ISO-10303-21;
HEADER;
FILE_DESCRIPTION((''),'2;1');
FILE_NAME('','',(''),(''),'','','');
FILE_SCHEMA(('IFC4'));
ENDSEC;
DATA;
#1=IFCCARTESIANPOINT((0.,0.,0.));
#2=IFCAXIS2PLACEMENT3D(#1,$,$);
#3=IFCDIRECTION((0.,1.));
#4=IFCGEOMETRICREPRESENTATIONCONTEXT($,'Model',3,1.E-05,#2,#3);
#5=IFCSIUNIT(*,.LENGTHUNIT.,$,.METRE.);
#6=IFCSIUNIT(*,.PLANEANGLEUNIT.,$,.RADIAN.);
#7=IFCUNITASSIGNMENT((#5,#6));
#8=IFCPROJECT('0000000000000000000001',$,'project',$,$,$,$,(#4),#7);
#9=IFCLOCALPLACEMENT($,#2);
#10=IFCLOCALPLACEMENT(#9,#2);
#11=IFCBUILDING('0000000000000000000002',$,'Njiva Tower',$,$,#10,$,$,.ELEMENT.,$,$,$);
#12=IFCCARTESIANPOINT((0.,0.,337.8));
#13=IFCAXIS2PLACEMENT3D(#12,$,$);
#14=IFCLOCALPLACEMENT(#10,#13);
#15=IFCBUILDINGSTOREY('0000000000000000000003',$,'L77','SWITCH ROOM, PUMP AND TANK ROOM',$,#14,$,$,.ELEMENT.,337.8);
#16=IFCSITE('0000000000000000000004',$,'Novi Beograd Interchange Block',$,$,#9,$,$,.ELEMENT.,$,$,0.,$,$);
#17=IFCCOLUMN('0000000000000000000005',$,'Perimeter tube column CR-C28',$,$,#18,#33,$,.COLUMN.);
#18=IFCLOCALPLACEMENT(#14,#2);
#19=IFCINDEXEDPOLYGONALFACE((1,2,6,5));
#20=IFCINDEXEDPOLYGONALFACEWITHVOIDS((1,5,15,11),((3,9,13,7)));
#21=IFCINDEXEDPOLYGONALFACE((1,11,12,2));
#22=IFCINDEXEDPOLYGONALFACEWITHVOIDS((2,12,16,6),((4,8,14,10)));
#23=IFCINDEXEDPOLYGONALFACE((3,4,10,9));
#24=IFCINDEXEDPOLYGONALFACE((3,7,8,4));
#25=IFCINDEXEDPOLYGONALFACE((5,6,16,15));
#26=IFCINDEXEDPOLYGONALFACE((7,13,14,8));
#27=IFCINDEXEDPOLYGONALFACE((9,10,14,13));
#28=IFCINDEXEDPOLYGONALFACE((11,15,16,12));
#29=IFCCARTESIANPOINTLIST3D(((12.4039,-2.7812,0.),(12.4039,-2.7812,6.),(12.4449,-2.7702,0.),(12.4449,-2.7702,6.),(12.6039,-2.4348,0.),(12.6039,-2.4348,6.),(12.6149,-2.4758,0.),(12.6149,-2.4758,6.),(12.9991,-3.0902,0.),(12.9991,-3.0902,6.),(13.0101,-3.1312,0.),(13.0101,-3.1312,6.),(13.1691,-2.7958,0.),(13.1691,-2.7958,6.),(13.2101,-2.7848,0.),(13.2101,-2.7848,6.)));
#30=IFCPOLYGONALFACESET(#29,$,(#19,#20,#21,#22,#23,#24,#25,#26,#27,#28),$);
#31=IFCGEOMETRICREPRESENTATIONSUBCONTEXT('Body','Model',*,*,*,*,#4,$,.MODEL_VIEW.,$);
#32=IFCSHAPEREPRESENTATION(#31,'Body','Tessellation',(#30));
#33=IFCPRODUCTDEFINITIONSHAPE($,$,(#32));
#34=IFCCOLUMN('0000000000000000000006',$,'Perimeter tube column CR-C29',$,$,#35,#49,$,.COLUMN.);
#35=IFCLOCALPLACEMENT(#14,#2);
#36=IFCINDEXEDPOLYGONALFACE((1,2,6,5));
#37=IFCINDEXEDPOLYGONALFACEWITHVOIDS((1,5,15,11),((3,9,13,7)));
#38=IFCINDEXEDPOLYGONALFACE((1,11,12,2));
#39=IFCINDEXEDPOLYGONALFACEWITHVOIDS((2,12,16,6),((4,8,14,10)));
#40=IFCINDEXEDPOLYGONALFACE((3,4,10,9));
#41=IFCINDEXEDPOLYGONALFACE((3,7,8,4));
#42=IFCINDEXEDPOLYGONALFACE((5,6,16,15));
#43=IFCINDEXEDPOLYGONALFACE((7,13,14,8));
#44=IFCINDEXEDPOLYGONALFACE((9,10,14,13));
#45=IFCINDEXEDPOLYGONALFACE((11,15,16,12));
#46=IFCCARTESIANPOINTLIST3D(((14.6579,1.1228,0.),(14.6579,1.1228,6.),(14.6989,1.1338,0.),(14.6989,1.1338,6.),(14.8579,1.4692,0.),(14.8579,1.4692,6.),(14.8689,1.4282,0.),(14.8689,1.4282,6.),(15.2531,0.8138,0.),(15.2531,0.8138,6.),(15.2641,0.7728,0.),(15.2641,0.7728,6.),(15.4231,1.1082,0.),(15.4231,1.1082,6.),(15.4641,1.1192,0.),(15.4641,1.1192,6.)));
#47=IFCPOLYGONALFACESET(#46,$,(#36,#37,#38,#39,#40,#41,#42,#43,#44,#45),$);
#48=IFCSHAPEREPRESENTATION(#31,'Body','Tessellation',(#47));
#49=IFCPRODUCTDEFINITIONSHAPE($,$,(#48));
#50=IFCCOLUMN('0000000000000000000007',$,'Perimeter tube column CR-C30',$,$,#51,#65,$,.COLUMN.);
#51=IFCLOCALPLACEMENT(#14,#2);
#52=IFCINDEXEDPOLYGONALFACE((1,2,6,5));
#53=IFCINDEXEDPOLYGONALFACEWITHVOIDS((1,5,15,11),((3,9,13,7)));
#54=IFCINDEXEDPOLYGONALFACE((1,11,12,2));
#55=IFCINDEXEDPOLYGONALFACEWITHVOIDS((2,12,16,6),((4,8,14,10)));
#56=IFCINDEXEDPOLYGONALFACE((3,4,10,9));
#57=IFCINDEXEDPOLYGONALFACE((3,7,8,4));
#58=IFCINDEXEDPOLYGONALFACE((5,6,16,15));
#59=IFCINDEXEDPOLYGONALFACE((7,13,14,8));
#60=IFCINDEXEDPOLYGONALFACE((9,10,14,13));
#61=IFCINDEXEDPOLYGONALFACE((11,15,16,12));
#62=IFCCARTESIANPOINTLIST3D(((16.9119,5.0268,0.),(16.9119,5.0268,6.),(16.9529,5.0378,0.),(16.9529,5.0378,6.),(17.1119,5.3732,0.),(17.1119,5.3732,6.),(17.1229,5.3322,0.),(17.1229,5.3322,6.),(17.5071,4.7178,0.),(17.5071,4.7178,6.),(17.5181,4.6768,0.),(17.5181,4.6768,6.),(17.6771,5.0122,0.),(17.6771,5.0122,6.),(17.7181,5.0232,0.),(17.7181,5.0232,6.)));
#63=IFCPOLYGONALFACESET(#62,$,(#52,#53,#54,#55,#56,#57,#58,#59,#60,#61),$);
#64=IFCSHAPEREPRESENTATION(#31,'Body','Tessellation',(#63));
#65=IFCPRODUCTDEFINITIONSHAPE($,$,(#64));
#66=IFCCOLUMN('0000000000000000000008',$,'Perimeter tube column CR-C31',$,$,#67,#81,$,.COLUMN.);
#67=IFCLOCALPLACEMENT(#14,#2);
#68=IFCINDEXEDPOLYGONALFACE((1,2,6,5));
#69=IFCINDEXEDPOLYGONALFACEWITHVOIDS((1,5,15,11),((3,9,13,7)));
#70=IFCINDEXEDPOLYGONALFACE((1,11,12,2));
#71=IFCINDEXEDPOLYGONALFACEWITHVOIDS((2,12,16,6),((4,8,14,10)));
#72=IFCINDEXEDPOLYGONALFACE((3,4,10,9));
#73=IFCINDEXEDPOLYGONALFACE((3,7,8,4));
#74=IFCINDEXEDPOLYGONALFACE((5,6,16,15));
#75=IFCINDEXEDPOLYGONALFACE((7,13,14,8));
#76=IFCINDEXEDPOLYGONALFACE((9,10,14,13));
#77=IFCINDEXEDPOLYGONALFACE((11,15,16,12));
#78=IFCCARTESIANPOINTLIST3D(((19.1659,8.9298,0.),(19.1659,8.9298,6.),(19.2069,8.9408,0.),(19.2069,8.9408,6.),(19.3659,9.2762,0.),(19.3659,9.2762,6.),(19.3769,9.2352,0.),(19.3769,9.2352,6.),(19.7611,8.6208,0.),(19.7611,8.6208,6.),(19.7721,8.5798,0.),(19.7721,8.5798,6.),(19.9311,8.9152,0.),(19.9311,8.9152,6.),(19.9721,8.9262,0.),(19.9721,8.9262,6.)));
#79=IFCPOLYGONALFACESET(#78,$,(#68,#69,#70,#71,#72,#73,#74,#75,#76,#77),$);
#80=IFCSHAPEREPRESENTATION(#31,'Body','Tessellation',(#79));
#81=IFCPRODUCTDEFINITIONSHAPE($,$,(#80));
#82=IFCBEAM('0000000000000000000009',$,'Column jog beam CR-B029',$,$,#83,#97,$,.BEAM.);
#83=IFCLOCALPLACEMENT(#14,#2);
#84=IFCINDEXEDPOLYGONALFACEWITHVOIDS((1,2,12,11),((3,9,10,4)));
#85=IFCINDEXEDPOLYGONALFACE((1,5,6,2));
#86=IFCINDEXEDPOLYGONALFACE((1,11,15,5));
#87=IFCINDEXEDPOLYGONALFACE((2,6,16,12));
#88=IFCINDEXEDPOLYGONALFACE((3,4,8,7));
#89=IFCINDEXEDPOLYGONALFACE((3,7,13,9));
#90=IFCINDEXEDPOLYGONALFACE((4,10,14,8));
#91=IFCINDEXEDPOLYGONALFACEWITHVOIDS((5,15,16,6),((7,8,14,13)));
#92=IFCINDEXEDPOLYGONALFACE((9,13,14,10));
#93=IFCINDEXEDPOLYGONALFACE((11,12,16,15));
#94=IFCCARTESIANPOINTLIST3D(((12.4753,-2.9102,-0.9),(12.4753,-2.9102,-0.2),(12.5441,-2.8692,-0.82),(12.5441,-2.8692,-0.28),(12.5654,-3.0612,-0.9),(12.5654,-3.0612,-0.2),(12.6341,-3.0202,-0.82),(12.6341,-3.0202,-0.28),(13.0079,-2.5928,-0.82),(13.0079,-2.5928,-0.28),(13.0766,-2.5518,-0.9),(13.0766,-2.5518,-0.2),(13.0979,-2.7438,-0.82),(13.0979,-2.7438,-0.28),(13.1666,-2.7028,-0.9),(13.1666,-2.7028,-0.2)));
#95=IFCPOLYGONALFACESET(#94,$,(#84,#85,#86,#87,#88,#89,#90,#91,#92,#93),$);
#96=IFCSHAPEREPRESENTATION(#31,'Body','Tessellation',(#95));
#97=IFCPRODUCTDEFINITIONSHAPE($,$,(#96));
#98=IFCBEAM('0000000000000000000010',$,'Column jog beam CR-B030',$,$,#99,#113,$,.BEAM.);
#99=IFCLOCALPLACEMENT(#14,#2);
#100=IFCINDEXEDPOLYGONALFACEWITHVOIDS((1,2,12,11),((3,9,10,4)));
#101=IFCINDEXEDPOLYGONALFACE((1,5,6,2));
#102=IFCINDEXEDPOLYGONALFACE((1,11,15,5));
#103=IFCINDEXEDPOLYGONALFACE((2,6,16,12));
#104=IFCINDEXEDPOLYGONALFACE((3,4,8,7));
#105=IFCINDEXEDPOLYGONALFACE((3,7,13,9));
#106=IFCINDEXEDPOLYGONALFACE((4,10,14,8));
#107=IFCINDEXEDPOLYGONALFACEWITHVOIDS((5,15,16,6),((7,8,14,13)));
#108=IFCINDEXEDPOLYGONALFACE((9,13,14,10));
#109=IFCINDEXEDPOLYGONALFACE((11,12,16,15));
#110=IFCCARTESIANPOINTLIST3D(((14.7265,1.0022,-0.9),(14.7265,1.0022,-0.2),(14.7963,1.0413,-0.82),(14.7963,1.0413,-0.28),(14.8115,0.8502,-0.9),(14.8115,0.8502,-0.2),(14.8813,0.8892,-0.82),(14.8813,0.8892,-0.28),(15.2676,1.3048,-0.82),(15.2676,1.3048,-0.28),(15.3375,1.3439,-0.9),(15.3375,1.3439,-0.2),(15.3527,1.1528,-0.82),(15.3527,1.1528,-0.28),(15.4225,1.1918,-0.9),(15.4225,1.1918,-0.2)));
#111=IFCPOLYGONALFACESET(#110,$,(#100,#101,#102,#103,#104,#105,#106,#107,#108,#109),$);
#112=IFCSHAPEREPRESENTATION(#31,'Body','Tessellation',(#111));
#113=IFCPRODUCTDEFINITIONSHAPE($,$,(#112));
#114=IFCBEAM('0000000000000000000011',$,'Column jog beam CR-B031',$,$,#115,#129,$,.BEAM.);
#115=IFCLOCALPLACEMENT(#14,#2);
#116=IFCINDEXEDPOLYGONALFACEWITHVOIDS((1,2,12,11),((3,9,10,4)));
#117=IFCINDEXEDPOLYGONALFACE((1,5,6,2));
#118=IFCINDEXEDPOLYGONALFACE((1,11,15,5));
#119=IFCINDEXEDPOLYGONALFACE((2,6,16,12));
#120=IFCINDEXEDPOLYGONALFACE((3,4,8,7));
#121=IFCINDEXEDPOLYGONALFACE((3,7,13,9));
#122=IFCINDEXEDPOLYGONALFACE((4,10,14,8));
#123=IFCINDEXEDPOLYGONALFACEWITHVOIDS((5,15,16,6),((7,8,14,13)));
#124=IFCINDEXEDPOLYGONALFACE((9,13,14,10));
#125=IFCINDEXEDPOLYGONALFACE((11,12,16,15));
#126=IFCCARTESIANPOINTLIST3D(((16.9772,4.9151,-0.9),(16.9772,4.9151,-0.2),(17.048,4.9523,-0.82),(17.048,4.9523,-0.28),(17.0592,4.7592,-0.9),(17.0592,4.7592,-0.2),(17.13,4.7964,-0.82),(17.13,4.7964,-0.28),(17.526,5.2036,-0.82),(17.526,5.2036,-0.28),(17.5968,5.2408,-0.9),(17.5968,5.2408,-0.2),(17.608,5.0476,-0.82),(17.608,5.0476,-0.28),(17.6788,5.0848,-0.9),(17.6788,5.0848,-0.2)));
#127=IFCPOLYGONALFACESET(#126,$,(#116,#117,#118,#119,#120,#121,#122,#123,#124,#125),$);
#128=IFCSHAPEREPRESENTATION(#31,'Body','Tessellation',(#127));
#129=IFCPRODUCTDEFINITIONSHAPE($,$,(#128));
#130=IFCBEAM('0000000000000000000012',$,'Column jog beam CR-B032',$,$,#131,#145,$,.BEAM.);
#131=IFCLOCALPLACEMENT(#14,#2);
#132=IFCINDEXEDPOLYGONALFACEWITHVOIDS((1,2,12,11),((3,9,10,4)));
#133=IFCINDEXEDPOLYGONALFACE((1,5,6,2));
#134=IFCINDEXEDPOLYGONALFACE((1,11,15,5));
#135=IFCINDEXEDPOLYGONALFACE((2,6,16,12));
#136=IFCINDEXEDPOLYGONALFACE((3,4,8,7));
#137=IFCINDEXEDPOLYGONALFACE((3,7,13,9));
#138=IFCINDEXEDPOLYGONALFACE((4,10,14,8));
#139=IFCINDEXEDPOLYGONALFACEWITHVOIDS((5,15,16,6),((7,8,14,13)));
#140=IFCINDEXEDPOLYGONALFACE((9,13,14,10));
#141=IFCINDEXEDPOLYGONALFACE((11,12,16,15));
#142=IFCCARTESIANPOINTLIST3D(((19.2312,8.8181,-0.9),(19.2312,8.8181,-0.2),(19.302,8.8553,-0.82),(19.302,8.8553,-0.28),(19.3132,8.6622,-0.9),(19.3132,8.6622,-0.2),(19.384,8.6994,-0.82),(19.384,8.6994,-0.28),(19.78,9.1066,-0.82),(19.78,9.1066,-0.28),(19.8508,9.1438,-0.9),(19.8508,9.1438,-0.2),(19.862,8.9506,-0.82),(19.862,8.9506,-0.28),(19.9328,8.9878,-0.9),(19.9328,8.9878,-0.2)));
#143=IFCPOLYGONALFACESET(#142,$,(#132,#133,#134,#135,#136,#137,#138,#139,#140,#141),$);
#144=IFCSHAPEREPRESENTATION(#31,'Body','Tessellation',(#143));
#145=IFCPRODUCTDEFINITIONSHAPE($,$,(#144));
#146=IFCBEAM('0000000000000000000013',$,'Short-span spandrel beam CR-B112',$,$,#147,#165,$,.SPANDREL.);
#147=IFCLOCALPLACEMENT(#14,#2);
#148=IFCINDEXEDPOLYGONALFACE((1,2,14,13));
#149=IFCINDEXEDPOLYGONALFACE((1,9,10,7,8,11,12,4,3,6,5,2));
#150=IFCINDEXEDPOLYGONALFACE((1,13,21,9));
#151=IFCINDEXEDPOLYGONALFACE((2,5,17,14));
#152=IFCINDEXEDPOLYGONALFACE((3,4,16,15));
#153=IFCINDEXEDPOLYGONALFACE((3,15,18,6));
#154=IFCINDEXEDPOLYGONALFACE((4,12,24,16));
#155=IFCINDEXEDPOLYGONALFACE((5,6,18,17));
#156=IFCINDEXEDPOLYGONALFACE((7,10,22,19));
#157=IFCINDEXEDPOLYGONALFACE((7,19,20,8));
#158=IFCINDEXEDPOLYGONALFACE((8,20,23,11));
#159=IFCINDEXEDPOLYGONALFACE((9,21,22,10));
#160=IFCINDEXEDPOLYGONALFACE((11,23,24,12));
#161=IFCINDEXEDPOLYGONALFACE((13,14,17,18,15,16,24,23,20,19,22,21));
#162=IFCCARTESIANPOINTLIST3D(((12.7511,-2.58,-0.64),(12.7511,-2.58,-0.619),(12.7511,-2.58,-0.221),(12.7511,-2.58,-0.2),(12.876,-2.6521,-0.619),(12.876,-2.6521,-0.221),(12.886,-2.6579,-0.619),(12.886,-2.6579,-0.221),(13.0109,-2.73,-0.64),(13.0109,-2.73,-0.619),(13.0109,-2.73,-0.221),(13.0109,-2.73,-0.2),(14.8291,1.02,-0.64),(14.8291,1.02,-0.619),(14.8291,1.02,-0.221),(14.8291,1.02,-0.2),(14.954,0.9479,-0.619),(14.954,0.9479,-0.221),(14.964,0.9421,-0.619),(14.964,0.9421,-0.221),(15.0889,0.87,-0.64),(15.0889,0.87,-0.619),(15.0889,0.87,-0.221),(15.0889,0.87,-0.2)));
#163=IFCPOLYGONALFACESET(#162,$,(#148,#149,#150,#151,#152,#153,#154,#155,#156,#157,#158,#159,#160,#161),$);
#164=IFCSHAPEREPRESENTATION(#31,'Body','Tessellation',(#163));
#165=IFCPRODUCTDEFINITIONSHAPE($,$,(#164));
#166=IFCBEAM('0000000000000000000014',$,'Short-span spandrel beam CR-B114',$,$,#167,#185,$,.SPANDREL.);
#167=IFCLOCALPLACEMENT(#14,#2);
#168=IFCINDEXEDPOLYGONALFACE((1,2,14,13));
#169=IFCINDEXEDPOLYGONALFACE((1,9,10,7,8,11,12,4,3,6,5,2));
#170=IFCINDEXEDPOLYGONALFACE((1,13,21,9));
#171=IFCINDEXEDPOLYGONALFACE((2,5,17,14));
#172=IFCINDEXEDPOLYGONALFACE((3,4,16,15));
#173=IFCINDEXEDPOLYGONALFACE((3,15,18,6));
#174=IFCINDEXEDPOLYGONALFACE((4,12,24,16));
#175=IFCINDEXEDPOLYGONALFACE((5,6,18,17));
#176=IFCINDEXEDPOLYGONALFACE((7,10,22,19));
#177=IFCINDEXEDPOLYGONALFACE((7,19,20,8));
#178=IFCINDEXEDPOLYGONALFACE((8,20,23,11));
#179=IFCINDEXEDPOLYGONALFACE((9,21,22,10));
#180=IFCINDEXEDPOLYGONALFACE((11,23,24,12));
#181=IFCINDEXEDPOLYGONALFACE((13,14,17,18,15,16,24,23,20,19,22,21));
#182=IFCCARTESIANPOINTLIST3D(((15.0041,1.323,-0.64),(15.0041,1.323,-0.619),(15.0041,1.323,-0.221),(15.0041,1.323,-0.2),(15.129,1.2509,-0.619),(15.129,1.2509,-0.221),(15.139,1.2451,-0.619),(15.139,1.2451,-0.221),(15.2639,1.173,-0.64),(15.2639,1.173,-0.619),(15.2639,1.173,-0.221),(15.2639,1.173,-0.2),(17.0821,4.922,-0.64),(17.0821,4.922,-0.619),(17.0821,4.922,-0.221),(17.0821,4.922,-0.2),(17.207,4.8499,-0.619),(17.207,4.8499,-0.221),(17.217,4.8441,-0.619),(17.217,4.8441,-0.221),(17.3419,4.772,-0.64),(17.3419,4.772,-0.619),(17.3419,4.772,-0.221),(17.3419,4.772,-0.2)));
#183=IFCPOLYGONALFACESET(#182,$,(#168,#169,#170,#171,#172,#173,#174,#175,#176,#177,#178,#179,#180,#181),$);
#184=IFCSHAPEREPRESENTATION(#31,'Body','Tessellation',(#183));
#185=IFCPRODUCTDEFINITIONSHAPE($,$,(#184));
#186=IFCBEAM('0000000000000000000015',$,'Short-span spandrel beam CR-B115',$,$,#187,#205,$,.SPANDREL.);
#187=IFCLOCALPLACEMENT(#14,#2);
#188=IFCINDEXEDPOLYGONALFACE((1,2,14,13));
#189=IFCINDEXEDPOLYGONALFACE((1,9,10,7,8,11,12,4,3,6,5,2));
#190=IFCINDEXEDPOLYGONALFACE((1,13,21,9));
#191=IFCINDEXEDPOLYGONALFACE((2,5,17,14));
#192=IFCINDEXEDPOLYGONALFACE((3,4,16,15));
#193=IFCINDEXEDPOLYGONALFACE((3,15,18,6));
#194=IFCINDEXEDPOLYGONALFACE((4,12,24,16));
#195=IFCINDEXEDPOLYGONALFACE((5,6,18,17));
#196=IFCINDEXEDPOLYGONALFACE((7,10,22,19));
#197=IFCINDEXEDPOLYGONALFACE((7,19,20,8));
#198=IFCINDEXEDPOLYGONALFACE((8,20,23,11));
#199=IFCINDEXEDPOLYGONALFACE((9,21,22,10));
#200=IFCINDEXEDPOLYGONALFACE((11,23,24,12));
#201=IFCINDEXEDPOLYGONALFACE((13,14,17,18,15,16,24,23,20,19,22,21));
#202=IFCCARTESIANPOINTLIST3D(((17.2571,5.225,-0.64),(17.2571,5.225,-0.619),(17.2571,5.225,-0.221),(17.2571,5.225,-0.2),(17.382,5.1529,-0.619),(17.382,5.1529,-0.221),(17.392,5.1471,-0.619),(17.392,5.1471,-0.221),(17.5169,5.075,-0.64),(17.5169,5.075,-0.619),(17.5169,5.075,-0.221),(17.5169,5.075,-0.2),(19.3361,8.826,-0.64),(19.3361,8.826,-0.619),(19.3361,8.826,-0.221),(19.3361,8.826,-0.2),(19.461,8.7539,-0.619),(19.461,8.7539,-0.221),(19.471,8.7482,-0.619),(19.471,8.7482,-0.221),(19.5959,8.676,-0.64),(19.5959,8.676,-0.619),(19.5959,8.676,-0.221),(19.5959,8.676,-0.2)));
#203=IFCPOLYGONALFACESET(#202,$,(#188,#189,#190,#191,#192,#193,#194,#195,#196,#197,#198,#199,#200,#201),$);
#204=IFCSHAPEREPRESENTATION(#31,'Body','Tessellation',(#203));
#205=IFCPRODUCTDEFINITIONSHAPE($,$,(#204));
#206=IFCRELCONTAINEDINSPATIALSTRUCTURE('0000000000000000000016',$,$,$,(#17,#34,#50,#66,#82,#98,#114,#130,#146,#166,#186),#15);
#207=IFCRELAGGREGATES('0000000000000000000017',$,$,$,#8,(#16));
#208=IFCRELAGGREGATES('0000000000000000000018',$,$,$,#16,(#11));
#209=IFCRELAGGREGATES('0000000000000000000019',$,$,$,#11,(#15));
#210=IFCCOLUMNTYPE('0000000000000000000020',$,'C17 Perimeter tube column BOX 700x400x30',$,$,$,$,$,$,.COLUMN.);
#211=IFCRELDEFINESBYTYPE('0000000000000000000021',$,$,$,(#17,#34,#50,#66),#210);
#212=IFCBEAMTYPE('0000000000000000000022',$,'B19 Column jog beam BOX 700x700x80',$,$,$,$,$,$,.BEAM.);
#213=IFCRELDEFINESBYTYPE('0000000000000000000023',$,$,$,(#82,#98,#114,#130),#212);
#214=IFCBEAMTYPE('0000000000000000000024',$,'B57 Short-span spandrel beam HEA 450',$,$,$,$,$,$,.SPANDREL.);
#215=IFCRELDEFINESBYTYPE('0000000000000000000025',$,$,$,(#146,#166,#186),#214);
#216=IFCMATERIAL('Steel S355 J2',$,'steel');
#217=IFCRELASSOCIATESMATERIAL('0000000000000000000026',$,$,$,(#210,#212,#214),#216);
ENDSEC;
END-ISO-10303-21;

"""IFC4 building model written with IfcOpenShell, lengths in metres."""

from ifc_helpers import new_model, si_unit, direction, frame, origin, origin_2d, place, context, subcontext, project, spatial, hollow_rectangle, i_section, extrude, material, material_profile, profile_set, type_object, element, save


model = new_model("IFC4")

# Units and contexts
model_context = context("Model", 3, precision=1e-05, world=origin(), true_north=direction((0.0, 1.0)))
body_context = subcontext(model_context, "Body", "Model", "MODEL_VIEW")
ifc_project = project(units=[si_unit("LENGTHUNIT", "METRE"), si_unit("PLANEANGLEUNIT", "RADIAN")], contexts=[model_context])

# Site, building, storey
site_placement = place(None, origin())
site = spatial("IfcSite", under=ifc_project, at=site_placement, Name="Novi Beograd Interchange Block", CompositionType="ELEMENT", RefElevation=0.0)
building_placement = place(site_placement, origin())
building = spatial("IfcBuilding", under=site, at=building_placement, Name="Njiva Tower", CompositionType="ELEMENT")
storey_placement = place(building_placement, frame((0.0, 0.0, 337.8)))
storey = spatial("IfcBuildingStorey", under=building, at=storey_placement, Name="L77", Description="SWITCH ROOM, PUMP AND TANK ROOM", CompositionType="ELEMENT", Elevation=337.8)

# Columns
ifc_material_1 = material(Name="Steel S355 J2", Category="steel")
ifc_material_profile_1 = material_profile(ifc_material_1, hollow_rectangle(XDim=0.4, YDim=0.7, WallThickness=0.03, at=origin_2d()), Name="BOX 700x400x30")
ifc_profile_set_1 = profile_set([ifc_material_profile_1], Name="Steel S355 J2")
column_type = type_object("IfcColumnType", Name="C17 Perimeter tube column BOX 700x400x30", PredefinedType="COLUMN", material=ifc_profile_set_1)
for number, where, z_axis, x_axis, name in (
    (1, (12.807, -2.783, 0.0), (0.0, 0.0, 1.0), (0.5, 0.866025, 0.0), "Perimeter tube column CR-C28"),
    (2, (15.061, 1.121, 0.0), (0.0, 0.0, 1.0), (0.5, 0.866025, 0.0), "Perimeter tube column CR-C29"),
    (3, (17.315, 5.025, 0.0), (0.0, 0.0, 1.0), (0.5, 0.866025, 0.0), "Perimeter tube column CR-C30"),
    (4, (19.569, 8.928, 0.0), (0.0, 0.0, 1.0), (0.5, 0.866025, 0.0), "Perimeter tube column CR-C31"),
):
    element("IfcColumn", number, at=place(storey_placement, frame(where, z_axis=z_axis, x_axis=x_axis)), inside=storey, type_object=column_type, Name=name, PredefinedType="COLUMN", context=body_context, shape_type="SweptSolid", body=[
        extrude(hollow_rectangle(XDim=0.4, YDim=0.7, WallThickness=0.03, at=origin_2d()), origin(), (0.0, 0.0, 1.0), 6.0),
    ])

# Beams
ifc_material_profile_2 = material_profile(ifc_material_1, hollow_rectangle(XDim=0.7, YDim=0.7, WallThickness=0.08, at=origin_2d()), Name="BOX 700x700x80")
ifc_profile_set_2 = profile_set([ifc_material_profile_2], Name="Steel S355 J2")
beam_type_1 = type_object("IfcBeamType", Name="B19 Column jog beam BOX 700x700x80", PredefinedType="BEAM", material=ifc_profile_set_2)
beam_1_placement = place(storey_placement, frame((12.866, -2.882, -0.55), z_axis=(-0.511984, 0.858995, 0.0), x_axis=(-0.858995, -0.511984, 0.0)))
element("IfcBeam", 5, at=beam_1_placement, inside=storey, type_object=beam_type_1, Name="Column jog beam CR-B029", PredefinedType="BEAM", context=body_context, shape_type="SweptSolid", body=[
    extrude(hollow_rectangle(XDim=0.7, YDim=0.7, WallThickness=0.08, at=origin_2d()), origin(), (0.0, 0.0, 1.0), 0.1758),
])
beam_2_placement = place(storey_placement, frame((15.117, 1.021, -0.55), z_axis=(-0.488079, 0.8728, 0.0), x_axis=(-0.8728, -0.488079, 0.0)))
element("IfcBeam", 6, at=beam_2_placement, inside=storey, type_object=beam_type_1, Name="Column jog beam CR-B030", PredefinedType="BEAM", context=body_context, shape_type="SweptSolid", body=[
    extrude(hollow_rectangle(XDim=0.7, YDim=0.7, WallThickness=0.08, at=origin_2d()), origin(), (0.0, 0.0, 1.0), 0.1742),
])
for number, where, z_axis, x_axis, name in (
    (7, (17.369, 4.922, -0.55), (-0.465279, 0.885164, 0.0), (-0.885164, -0.465279, 0.0), "Column jog beam CR-B031"),
    (8, (19.623, 8.825, -0.55), (-0.465279, 0.885164, 0.0), (-0.885164, -0.465279, 0.0), "Column jog beam CR-B032"),
):
    element("IfcBeam", number, at=place(storey_placement, frame(where, z_axis=z_axis, x_axis=x_axis)), inside=storey, type_object=beam_type_1, Name=name, PredefinedType="BEAM", context=body_context, shape_type="SweptSolid", body=[
        extrude(hollow_rectangle(XDim=0.7, YDim=0.7, WallThickness=0.08, at=origin_2d()), origin(), (0.0, 0.0, 1.0), 0.1762),
    ])
ifc_material_profile_3 = material_profile(ifc_material_1, i_section(OverallWidth=0.3, OverallDepth=0.44, WebThickness=0.0115, FlangeThickness=0.021, at=origin_2d()), Name="HEA 450")
ifc_profile_set_3 = profile_set([ifc_material_profile_3], Name="Steel S355 J2")
beam_type_2 = type_object("IfcBeamType", Name="B57 Short-span spandrel beam HEA 450", PredefinedType="SPANDREL", material=ifc_profile_set_3)
beam_3_placement = place(storey_placement, frame((12.881, -2.655, -0.42), z_axis=(0.499917, 0.866073, 0.0), x_axis=(-0.866073, 0.499917, 0.0)))
element("IfcBeam", 9, at=beam_3_placement, inside=storey, type_object=beam_type_2, Name="Short-span spandrel beam CR-B112", PredefinedType="SPANDREL", context=body_context, shape_type="SweptSolid", body=[
    extrude(i_section(OverallWidth=0.3, OverallDepth=0.44, WebThickness=0.0115, FlangeThickness=0.021, at=origin_2d()), origin(), (0.0, 0.0, 1.0), 4.1567),
])
beam_4_placement = place(storey_placement, frame((15.134, 1.248, -0.42), z_axis=(0.500021, 0.866013, 0.0), x_axis=(-0.866013, 0.500021, 0.0)))
element("IfcBeam", 10, at=beam_4_placement, inside=storey, type_object=beam_type_2, Name="Short-span spandrel beam CR-B114", PredefinedType="SPANDREL", context=body_context, shape_type="SweptSolid", body=[
    extrude(i_section(OverallWidth=0.3, OverallDepth=0.44, WebThickness=0.0115, FlangeThickness=0.021, at=origin_2d()), origin(), (0.0, 0.0, 1.0), 4.1558),
])
beam_5_placement = place(storey_placement, frame((17.387, 5.15, -0.42), z_axis=(0.499993, 0.866029, 0.0), x_axis=(-0.866029, 0.499993, 0.0)))
element("IfcBeam", 11, at=beam_5_placement, inside=storey, type_object=beam_type_2, Name="Short-span spandrel beam CR-B115", PredefinedType="SPANDREL", context=body_context, shape_type="SweptSolid", body=[
    extrude(i_section(OverallWidth=0.3, OverallDepth=0.44, WebThickness=0.0115, FlangeThickness=0.021, at=origin_2d()), origin(), (0.0, 0.0, 1.0), 4.1581),
])

save(model, "model.ifc")
